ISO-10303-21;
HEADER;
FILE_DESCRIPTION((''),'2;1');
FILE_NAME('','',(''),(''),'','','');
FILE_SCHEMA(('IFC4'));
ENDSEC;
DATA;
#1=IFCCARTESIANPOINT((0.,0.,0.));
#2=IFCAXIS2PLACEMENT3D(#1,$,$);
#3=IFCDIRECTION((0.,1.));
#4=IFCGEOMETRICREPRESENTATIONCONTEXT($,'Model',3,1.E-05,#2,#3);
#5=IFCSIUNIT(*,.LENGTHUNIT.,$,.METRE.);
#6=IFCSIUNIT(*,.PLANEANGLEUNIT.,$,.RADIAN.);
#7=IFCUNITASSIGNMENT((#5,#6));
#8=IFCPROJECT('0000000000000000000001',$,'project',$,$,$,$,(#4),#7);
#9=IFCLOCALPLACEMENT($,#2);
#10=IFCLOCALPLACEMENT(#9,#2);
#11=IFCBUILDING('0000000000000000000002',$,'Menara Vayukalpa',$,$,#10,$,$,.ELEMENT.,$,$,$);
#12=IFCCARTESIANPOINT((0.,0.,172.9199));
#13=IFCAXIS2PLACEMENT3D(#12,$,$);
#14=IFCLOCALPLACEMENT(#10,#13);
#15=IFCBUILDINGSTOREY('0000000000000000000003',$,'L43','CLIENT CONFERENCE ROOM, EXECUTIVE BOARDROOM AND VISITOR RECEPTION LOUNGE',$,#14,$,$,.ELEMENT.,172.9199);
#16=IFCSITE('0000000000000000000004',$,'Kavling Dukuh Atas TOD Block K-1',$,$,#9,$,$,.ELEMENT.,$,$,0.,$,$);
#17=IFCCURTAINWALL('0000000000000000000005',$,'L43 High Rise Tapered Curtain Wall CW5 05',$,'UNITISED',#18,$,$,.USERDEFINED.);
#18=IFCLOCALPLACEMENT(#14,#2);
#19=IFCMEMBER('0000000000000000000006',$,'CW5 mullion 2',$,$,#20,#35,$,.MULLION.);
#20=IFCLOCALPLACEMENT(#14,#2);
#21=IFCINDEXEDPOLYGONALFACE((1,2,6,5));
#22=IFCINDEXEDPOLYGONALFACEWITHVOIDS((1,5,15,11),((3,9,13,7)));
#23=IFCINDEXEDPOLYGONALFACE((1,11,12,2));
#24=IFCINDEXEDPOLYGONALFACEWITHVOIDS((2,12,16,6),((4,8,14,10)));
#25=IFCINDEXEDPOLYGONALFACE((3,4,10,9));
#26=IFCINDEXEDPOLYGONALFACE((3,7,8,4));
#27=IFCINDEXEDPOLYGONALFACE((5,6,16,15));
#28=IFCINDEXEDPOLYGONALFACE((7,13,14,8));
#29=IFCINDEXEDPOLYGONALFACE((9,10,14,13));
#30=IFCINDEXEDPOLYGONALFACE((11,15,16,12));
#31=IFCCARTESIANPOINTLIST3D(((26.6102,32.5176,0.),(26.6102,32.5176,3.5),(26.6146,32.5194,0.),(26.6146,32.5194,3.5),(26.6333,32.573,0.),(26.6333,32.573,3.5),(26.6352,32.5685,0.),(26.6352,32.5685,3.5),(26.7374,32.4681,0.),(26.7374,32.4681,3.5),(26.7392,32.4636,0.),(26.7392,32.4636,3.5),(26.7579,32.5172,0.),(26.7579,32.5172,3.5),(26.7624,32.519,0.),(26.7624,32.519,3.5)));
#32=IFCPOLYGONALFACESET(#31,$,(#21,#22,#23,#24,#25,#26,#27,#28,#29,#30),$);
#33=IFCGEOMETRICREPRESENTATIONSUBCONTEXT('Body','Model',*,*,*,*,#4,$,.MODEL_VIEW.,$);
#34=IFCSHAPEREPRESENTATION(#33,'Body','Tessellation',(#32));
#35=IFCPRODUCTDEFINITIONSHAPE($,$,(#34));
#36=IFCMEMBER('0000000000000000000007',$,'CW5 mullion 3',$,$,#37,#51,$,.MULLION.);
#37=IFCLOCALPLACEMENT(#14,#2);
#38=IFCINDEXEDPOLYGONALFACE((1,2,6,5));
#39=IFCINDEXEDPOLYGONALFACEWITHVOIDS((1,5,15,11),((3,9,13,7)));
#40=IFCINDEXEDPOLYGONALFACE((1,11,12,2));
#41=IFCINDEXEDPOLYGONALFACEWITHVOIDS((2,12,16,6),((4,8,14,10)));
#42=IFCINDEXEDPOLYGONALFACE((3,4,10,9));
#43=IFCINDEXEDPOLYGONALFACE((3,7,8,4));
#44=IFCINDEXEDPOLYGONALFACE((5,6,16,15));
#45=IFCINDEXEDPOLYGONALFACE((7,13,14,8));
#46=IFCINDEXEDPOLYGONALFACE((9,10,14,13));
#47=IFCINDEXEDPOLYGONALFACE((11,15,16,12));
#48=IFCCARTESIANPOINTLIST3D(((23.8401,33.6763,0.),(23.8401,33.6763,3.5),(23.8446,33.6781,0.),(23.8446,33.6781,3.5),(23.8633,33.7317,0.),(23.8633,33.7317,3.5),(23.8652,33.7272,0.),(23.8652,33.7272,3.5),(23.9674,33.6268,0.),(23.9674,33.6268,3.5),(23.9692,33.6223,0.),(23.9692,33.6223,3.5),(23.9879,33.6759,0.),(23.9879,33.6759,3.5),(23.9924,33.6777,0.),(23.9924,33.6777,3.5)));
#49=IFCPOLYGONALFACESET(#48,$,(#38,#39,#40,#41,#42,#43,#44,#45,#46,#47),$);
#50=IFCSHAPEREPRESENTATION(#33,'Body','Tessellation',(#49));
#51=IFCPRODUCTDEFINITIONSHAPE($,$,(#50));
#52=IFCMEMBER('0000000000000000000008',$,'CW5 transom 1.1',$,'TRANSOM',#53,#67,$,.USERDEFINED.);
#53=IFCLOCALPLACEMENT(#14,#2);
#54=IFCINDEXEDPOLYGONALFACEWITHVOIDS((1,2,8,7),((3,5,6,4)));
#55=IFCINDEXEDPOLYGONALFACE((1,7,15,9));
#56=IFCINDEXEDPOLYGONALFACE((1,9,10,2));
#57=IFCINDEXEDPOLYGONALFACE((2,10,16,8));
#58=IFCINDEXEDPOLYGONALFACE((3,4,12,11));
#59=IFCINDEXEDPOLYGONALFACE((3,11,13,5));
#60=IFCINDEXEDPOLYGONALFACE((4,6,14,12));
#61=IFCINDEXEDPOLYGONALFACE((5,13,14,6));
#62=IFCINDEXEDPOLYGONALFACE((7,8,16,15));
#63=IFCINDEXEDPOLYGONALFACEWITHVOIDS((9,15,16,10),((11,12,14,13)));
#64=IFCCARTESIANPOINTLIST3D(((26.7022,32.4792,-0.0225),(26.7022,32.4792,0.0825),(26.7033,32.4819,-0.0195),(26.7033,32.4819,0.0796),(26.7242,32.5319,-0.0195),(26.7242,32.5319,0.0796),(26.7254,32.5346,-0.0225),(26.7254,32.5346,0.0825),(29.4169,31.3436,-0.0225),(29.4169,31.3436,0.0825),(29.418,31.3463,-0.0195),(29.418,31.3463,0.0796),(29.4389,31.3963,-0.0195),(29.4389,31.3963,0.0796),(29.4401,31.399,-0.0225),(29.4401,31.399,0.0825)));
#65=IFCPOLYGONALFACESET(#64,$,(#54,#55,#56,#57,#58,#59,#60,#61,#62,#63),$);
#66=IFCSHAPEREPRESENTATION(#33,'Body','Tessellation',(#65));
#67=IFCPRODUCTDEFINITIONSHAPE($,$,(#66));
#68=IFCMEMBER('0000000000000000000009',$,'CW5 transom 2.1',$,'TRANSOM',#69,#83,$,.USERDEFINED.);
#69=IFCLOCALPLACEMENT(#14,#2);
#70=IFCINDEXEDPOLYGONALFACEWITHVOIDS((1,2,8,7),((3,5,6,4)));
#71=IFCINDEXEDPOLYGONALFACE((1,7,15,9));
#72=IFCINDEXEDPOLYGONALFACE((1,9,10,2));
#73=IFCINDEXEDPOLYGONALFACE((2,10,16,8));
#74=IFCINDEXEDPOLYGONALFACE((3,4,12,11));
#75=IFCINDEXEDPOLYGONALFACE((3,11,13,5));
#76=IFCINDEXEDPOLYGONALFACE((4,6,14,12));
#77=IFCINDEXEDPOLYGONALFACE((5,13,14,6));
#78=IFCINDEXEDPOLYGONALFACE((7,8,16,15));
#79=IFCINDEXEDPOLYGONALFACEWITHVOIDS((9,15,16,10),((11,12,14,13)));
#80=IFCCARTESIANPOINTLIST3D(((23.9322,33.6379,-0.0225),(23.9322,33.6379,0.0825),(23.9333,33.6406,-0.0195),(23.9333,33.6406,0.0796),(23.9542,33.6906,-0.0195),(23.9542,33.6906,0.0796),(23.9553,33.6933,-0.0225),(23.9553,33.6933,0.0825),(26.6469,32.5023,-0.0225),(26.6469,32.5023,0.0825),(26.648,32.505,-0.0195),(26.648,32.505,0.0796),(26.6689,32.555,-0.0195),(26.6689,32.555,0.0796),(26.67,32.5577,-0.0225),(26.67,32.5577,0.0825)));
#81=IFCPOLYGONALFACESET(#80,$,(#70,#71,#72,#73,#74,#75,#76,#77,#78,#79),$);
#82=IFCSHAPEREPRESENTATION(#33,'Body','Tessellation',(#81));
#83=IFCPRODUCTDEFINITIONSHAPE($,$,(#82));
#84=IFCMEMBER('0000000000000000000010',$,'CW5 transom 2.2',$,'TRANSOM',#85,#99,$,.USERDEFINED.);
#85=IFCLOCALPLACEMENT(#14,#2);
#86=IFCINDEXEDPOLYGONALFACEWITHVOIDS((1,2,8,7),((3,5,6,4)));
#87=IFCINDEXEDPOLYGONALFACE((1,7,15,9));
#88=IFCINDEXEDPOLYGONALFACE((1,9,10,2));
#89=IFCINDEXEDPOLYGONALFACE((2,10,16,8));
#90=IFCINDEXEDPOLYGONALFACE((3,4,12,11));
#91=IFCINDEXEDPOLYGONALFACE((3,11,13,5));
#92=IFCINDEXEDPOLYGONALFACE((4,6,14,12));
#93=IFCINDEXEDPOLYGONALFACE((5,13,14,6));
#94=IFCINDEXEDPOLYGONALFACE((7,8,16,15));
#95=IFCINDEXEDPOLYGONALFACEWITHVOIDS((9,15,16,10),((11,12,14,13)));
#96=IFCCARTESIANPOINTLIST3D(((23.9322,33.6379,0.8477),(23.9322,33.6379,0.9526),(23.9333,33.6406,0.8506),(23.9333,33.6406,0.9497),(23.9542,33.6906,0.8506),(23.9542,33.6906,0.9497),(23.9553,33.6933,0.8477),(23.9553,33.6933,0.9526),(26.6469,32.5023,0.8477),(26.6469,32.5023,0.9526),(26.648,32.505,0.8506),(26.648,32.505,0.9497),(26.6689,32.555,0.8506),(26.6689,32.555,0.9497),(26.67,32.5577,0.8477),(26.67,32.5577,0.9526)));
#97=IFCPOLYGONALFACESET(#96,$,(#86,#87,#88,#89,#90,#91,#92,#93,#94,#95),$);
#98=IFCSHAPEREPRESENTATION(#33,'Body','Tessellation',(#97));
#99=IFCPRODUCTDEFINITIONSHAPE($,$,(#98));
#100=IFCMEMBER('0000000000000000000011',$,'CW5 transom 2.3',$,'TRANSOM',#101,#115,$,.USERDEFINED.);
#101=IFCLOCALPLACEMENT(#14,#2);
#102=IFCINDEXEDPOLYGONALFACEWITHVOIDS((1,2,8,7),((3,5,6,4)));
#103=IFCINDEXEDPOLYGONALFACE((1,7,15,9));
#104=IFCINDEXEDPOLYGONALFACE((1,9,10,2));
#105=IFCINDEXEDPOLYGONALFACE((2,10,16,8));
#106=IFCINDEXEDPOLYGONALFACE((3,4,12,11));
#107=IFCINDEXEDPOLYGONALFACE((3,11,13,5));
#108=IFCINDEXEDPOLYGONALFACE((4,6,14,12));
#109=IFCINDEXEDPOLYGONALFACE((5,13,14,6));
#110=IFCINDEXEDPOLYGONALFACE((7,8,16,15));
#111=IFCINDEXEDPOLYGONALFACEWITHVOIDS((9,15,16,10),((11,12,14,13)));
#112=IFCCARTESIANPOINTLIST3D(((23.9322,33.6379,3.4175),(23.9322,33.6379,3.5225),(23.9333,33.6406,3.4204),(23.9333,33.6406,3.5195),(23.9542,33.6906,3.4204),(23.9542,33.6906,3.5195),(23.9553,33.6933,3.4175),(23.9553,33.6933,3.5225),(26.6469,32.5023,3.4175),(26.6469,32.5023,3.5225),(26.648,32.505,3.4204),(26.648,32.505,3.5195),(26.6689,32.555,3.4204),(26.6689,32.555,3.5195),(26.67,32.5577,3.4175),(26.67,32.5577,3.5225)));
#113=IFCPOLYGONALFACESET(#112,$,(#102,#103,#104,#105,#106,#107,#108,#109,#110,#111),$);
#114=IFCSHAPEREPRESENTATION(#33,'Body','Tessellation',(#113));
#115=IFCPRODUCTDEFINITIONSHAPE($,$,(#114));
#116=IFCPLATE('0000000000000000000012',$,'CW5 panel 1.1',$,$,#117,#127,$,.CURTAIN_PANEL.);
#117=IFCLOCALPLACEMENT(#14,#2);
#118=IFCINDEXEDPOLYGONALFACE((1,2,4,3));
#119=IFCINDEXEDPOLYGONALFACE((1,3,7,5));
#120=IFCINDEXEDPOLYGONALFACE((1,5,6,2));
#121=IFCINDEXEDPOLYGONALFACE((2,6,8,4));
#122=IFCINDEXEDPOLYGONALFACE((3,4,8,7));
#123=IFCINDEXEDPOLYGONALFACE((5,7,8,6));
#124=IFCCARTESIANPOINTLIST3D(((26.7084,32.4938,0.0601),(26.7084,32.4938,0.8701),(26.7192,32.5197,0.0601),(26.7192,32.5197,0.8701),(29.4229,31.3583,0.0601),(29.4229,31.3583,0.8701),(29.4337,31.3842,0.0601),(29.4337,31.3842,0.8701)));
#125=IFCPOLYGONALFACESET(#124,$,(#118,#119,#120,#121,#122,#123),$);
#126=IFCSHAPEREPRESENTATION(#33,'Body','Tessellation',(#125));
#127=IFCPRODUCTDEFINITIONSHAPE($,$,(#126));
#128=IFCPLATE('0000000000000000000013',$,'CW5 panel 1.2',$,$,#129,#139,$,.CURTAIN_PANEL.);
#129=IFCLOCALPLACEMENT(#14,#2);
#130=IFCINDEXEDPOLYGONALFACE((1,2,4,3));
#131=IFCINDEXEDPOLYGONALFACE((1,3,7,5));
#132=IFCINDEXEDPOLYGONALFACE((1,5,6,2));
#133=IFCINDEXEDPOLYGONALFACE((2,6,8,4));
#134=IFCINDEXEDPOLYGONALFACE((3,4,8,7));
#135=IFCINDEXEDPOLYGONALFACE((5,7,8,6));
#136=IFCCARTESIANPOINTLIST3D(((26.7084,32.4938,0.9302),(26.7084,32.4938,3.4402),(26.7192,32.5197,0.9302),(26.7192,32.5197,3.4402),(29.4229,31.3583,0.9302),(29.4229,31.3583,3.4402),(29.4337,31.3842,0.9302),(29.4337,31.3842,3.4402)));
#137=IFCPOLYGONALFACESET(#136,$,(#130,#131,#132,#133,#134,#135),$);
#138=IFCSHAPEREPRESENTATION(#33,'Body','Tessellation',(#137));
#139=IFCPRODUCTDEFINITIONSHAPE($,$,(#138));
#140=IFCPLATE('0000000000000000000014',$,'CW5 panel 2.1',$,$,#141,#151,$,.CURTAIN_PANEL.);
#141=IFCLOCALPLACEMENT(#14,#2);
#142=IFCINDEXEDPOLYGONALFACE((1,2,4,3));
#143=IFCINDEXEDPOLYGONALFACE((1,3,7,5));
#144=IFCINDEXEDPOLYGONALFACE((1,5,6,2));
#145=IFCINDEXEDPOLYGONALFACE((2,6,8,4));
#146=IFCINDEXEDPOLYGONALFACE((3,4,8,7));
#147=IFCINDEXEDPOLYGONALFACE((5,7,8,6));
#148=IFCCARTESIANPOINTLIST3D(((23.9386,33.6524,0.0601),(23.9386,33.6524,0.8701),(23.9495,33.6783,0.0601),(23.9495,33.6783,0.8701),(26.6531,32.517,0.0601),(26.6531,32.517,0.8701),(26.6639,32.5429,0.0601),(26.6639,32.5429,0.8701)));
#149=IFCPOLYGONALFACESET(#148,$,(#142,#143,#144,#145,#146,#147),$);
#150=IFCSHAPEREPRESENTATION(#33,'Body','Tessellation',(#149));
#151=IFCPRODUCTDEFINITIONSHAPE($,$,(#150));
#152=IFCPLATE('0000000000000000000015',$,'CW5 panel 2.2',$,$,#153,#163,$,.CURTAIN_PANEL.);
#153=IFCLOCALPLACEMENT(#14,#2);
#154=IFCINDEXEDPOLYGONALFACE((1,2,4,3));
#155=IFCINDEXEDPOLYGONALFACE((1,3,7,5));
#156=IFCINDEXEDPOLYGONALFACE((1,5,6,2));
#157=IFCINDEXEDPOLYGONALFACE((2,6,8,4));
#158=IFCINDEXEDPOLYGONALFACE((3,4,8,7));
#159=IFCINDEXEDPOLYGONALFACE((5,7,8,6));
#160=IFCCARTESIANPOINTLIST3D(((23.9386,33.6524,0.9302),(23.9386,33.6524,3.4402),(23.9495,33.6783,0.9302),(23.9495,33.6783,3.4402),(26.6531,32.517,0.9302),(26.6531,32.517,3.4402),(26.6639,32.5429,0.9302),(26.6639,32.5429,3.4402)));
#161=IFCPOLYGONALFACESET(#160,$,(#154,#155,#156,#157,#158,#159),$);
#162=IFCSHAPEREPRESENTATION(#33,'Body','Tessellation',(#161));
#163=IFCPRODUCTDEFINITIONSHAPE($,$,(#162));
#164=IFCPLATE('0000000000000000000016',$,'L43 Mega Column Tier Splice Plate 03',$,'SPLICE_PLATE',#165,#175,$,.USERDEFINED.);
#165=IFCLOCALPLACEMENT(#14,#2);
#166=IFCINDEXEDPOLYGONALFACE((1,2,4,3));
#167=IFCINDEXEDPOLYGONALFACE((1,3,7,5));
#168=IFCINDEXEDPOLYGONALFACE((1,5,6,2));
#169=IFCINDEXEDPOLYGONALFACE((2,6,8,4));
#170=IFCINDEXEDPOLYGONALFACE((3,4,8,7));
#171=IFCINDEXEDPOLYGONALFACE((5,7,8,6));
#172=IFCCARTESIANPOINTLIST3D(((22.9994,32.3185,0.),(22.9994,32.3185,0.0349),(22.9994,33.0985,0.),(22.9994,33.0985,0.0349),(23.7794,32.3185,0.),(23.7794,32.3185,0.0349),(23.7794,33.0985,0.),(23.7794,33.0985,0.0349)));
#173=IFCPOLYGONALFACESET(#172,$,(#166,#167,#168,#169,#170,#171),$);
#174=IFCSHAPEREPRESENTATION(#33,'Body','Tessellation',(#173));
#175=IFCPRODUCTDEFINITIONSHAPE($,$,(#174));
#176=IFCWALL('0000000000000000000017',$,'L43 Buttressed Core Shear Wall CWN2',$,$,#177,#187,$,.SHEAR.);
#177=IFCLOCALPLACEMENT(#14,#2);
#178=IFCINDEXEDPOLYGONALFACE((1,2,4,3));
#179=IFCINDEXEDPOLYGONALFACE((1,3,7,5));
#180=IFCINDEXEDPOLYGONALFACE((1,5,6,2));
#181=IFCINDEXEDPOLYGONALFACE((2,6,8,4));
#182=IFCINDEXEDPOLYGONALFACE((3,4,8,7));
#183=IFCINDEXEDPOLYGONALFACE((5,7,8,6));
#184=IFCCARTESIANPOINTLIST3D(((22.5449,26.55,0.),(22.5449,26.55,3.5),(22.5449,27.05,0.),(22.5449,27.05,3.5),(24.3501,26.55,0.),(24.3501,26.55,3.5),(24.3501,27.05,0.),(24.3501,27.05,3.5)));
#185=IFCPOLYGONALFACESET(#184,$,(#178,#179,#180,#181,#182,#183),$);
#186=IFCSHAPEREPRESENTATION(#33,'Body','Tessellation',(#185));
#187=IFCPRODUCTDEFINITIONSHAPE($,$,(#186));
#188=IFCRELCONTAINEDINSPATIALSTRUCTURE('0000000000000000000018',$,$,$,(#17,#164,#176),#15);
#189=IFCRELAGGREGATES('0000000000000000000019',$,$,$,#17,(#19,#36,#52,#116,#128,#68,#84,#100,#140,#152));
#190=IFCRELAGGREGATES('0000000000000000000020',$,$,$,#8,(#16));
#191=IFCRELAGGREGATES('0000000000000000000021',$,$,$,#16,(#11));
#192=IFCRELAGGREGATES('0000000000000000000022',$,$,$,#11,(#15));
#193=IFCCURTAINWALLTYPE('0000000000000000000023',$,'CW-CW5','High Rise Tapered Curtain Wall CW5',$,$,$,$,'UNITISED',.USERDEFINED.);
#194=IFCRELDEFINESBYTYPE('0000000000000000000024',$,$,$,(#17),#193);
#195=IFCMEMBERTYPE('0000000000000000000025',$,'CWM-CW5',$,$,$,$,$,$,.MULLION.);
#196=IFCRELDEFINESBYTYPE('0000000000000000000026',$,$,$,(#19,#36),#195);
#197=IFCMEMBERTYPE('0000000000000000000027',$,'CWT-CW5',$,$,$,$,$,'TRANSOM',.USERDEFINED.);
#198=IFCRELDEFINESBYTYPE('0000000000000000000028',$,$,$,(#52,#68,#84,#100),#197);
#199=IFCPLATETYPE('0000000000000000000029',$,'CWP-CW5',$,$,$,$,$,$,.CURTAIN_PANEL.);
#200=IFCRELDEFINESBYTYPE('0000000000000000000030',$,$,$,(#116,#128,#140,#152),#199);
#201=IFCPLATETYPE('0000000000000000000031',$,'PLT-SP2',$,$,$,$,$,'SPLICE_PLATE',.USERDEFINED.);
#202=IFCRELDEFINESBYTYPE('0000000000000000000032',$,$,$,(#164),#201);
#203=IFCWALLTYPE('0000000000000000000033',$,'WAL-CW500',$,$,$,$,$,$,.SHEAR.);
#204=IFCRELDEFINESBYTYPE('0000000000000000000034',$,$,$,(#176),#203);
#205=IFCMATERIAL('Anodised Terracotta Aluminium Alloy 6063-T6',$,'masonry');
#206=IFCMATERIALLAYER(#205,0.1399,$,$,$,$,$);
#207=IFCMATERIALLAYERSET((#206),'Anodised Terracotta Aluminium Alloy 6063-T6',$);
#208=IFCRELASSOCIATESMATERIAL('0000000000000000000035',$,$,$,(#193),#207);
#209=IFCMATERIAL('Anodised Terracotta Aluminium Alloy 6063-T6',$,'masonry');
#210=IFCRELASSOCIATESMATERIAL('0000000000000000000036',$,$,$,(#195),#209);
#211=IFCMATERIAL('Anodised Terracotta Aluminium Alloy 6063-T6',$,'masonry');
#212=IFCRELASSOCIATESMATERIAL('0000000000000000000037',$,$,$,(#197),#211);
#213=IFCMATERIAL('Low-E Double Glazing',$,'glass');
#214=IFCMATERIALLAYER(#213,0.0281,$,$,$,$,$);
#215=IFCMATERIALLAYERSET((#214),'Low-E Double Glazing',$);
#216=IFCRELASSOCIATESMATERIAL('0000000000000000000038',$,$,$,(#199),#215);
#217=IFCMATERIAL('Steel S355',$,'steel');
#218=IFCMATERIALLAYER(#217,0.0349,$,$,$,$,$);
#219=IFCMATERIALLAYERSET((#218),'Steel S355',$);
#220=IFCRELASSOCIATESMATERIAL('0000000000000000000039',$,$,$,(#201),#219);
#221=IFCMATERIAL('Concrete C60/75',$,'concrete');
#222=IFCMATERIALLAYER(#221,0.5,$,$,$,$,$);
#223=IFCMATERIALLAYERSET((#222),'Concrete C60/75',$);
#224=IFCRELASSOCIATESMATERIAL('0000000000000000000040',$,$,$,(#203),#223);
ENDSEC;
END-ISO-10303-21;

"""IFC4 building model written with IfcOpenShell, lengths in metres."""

from ifc_helpers import new_model, si_unit, direction, frame, frame_2d, origin, origin_2d, place, context, subcontext, project, spatial, rectangle, hollow_rectangle, extrude, material, layer, layer_set, material_profile, profile_set, type_object, element, aggregate, save


model = new_model("IFC4")

# Units and contexts
model_context = context("Model", 3, precision=1e-05, world=origin(), true_north=direction((0.0, 1.0)))
body_context = subcontext(model_context, "Body", "Model", "MODEL_VIEW")
ifc_project = project(units=[si_unit("LENGTHUNIT", "METRE"), si_unit("PLANEANGLEUNIT", "RADIAN")], contexts=[model_context])

# Site, building, storey
site_placement = place(None, origin())
site = spatial("IfcSite", under=ifc_project, at=site_placement, Name="Kavling Dukuh Atas TOD Block K-1", CompositionType="ELEMENT", RefElevation=0.0)
building_placement = place(site_placement, origin())
building = spatial("IfcBuilding", under=site, at=building_placement, Name="Menara Vayukalpa", CompositionType="ELEMENT")
storey_placement = place(building_placement, frame((0.0, 0.0, 172.9199)))
storey = spatial("IfcBuildingStorey", under=building, at=storey_placement, Name="L43", Description="CLIENT CONFERENCE ROOM, EXECUTIVE BOARDROOM AND VISITOR RECEPTION LOUNGE", CompositionType="ELEMENT", Elevation=172.9199)

# Curtain wall, members, plates
ifc_material_1 = material(Name="Anodised Terracotta Aluminium Alloy 6063-T6", Category="masonry")
ifc_layer_1 = layer(ifc_material_1, 0.1399)
ifc_layer_set_1 = layer_set([ifc_layer_1], Name="Anodised Terracotta Aluminium Alloy 6063-T6")
curtain_wall_type = type_object("IfcCurtainWallType", Name="CW-CW5", Description="High Rise Tapered Curtain Wall CW5", ElementType="UNITISED", PredefinedType="USERDEFINED", material=ifc_layer_set_1)
curtain_wall_placement = place(storey_placement, origin())
curtain_wall = element("IfcCurtainWall", 1, at=curtain_wall_placement, inside=storey, type_object=curtain_wall_type, Name="L43 High Rise Tapered Curtain Wall CW5 05", ObjectType="UNITISED", PredefinedType="USERDEFINED")
ifc_material_2 = material(Name="Anodised Terracotta Aluminium Alloy 6063-T6", Category="masonry")
ifc_material_profile_1 = material_profile(ifc_material_2, hollow_rectangle(XDim=0.0601, YDim=0.1399, WallThickness=0.0034, at=origin_2d()), Name="ALU 60x140x3.5")
ifc_profile_set_1 = profile_set([ifc_material_profile_1], Name="Anodised Terracotta Aluminium Alloy 6063-T6")
member_type_1 = type_object("IfcMemberType", Name="CWM-CW5", PredefinedType="MULLION", material=ifc_profile_set_1)
member_1_placement = place(storey_placement, frame((26.6863, 32.5183, 0.0), z_axis=(0.0, 0.0, 1.0), x_axis=(-0.385903, -0.922539, 0.0)))
member_1 = element("IfcMember", 2, at=member_1_placement, type_object=member_type_1, Name="CW5 mullion 2", PredefinedType="MULLION", context=body_context, shape_type="SweptSolid", body=[
    extrude(hollow_rectangle(XDim=0.0601, YDim=0.1399, WallThickness=0.0034, at=origin_2d()), origin(), (0.0, 0.0, 1.0), 3.5),
])
member_2_placement = place(storey_placement, frame((23.9163, 33.677, 0.0), z_axis=(0.0, 0.0, 1.0), x_axis=(-0.385903, -0.922539, 0.0)))
member_2 = element("IfcMember", 3, at=member_2_placement, type_object=member_type_1, Name="CW5 mullion 3", PredefinedType="MULLION", context=body_context, shape_type="SweptSolid", body=[
    extrude(hollow_rectangle(XDim=0.0601, YDim=0.1399, WallThickness=0.0034, at=origin_2d()), origin(), (0.0, 0.0, 1.0), 3.5),
])
ifc_material_3 = material(Name="Anodised Terracotta Aluminium Alloy 6063-T6", Category="masonry")
ifc_material_profile_2 = material_profile(ifc_material_3, hollow_rectangle(XDim=0.0601, YDim=0.105, WallThickness=0.0029, at=origin_2d()), Name="ALU 60x105x3")
ifc_profile_set_2 = profile_set([ifc_material_profile_2], Name="Anodised Terracotta Aluminium Alloy 6063-T6")
member_type_2 = type_object("IfcMemberType", Name="CWT-CW5", ElementType="TRANSOM", PredefinedType="USERDEFINED", material=ifc_profile_set_2)
member_3_placement = place(storey_placement, frame((29.4285, 31.3713, 0.03), z_axis=(-0.922543, 0.385893, 0.0), x_axis=(-0.385893, -0.922543, 0.0)))
member_3 = element("IfcMember", 4, at=member_3_placement, type_object=member_type_2, Name="CW5 transom 1.1", ObjectType="TRANSOM", PredefinedType="USERDEFINED", context=body_context, shape_type="SweptSolid", body=[
    extrude(hollow_rectangle(XDim=0.0601, YDim=0.105, WallThickness=0.0029, at=origin_2d()), origin(), (0.0, 0.0, 1.0), 2.9426),
])
member_4_placement = place(storey_placement, frame((26.6584, 32.53, 0.03), z_axis=(-0.922543, 0.385893, 0.0), x_axis=(-0.385893, -0.922543, 0.0)))
member_4 = element("IfcMember", 5, at=member_4_placement, type_object=member_type_2, Name="CW5 transom 2.1", ObjectType="TRANSOM", PredefinedType="USERDEFINED", context=body_context, shape_type="SweptSolid", body=[
    extrude(hollow_rectangle(XDim=0.0601, YDim=0.105, WallThickness=0.0029, at=origin_2d()), origin(), (0.0, 0.0, 1.0), 2.9426),
])
member_5_placement = place(storey_placement, frame((26.6584, 32.53, 0.9001), z_axis=(-0.922543, 0.385893, 0.0), x_axis=(-0.385893, -0.922543, 0.0)))
member_5 = element("IfcMember", 6, at=member_5_placement, type_object=member_type_2, Name="CW5 transom 2.2", ObjectType="TRANSOM", PredefinedType="USERDEFINED", context=body_context, shape_type="SweptSolid", body=[
    extrude(hollow_rectangle(XDim=0.0601, YDim=0.105, WallThickness=0.0029, at=origin_2d()), origin(), (0.0, 0.0, 1.0), 2.9426),
])
member_6_placement = place(storey_placement, frame((26.6584, 32.53, 3.47), z_axis=(-0.922543, 0.385893, 0.0), x_axis=(-0.385893, -0.922543, 0.0)))
member_6 = element("IfcMember", 7, at=member_6_placement, type_object=member_type_2, Name="CW5 transom 2.3", ObjectType="TRANSOM", PredefinedType="USERDEFINED", context=body_context, shape_type="SweptSolid", body=[
    extrude(hollow_rectangle(XDim=0.0601, YDim=0.105, WallThickness=0.0029, at=origin_2d()), origin(), (0.0, 0.0, 1.0), 2.9426),
])
ifc_material_4 = material(Name="Low-E Double Glazing", Category="glass")
ifc_layer_2 = layer(ifc_material_4, 0.0281)
ifc_layer_set_2 = layer_set([ifc_layer_2], Name="Low-E Double Glazing")
plate_type_1 = type_object("IfcPlateType", Name="CWP-CW5", PredefinedType="CURTAIN_PANEL", material=ifc_layer_set_2)
plate_1_placement = place(storey_placement, frame((28.071, 31.939, 0.0601), z_axis=(0.0, 0.0, 1.0), x_axis=(-0.922539, 0.385903, 0.0)))
plate_1 = element("IfcPlate", 8, at=plate_1_placement, type_object=plate_type_1, Name="CW5 panel 1.1", PredefinedType="CURTAIN_PANEL", context=body_context, shape_type="SweptSolid", body=[
    extrude(rectangle(XDim=2.9424, YDim=0.0281, at=origin_2d()), origin(), (0.0, 0.0, 1.0), 0.8101),
])
plate_2_placement = place(storey_placement, frame((28.071, 31.939, 0.9302), z_axis=(0.0, 0.0, 1.0), x_axis=(-0.922539, 0.385903, 0.0)))
plate_2 = element("IfcPlate", 9, at=plate_2_placement, type_object=plate_type_1, Name="CW5 panel 1.2", PredefinedType="CURTAIN_PANEL", context=body_context, shape_type="SweptSolid", body=[
    extrude(rectangle(XDim=2.9424, YDim=0.0281, at=origin_2d()), origin(), (0.0, 0.0, 1.0), 2.51),
])
plate_3_placement = place(storey_placement, frame((25.3013, 33.0977, 0.0601), z_axis=(0.0, 0.0, 1.0), x_axis=(-0.922539, 0.385903, 0.0)))
plate_3 = element("IfcPlate", 10, at=plate_3_placement, type_object=plate_type_1, Name="CW5 panel 2.1", PredefinedType="CURTAIN_PANEL", context=body_context, shape_type="SweptSolid", body=[
    extrude(rectangle(XDim=2.9424, YDim=0.0281, at=origin_2d()), origin(), (0.0, 0.0, 1.0), 0.8101),
])
plate_4_placement = place(storey_placement, frame((25.3013, 33.0977, 0.9302), z_axis=(0.0, 0.0, 1.0), x_axis=(-0.922539, 0.385903, 0.0)))
plate_4 = element("IfcPlate", 11, at=plate_4_placement, type_object=plate_type_1, Name="CW5 panel 2.2", PredefinedType="CURTAIN_PANEL", context=body_context, shape_type="SweptSolid", body=[
    extrude(rectangle(XDim=2.9424, YDim=0.0281, at=origin_2d()), origin(), (0.0, 0.0, 1.0), 2.51),
])
aggregate(curtain_wall, [member_1, member_2, member_3, plate_1, plate_2, member_4, member_5, member_6, plate_3, plate_4])

# Plate
ifc_material_5 = material(Name="Steel S355", Category="steel")
ifc_layer_3 = layer(ifc_material_5, 0.0349)
ifc_layer_set_3 = layer_set([ifc_layer_3], Name="Steel S355")
plate_type_2 = type_object("IfcPlateType", Name="PLT-SP2", ElementType="SPLICE_PLATE", PredefinedType="USERDEFINED", material=ifc_layer_set_3)
plate_5_placement = place(storey_placement, frame((23.3894, 32.7085, 0.0), z_axis=(0.0, 0.0, 1.0), x_axis=(1.0, 0.0, 0.0)))
element("IfcPlate", 12, at=plate_5_placement, inside=storey, type_object=plate_type_2, Name="L43 Mega Column Tier Splice Plate 03", ObjectType="SPLICE_PLATE", PredefinedType="USERDEFINED", context=body_context, shape_type="SweptSolid", body=[
    extrude(rectangle(XDim=0.78, YDim=0.78, at=origin_2d()), origin(), (0.0, 0.0, 1.0), 0.0349),
])

# Wall
ifc_material_6 = material(Name="Concrete C60/75", Category="concrete")
ifc_layer_4 = layer(ifc_material_6, 0.5)
ifc_layer_set_4 = layer_set([ifc_layer_4], Name="Concrete C60/75")
wall_type_1 = type_object("IfcWallType", Name="WAL-CW500", PredefinedType="SHEAR", material=ifc_layer_set_4)
wall_1_placement = place(storey_placement, frame((22.5449, 26.8, 0.0), z_axis=(0.0, 0.0, 1.0), x_axis=(1.0, 0.0, 0.0)))
element("IfcWall", 13, at=wall_1_placement, inside=storey, type_object=wall_type_1, Name="L43 Buttressed Core Shear Wall CWN2", PredefinedType="SHEAR", context=body_context, shape_type="SweptSolid", body=[
    extrude(rectangle(XDim=1.8052, YDim=0.5, at=frame_2d((0.9026, 0.0))), origin(), (0.0, 0.0, 1.0), 3.5),
])

save(model, "model.ifc")
